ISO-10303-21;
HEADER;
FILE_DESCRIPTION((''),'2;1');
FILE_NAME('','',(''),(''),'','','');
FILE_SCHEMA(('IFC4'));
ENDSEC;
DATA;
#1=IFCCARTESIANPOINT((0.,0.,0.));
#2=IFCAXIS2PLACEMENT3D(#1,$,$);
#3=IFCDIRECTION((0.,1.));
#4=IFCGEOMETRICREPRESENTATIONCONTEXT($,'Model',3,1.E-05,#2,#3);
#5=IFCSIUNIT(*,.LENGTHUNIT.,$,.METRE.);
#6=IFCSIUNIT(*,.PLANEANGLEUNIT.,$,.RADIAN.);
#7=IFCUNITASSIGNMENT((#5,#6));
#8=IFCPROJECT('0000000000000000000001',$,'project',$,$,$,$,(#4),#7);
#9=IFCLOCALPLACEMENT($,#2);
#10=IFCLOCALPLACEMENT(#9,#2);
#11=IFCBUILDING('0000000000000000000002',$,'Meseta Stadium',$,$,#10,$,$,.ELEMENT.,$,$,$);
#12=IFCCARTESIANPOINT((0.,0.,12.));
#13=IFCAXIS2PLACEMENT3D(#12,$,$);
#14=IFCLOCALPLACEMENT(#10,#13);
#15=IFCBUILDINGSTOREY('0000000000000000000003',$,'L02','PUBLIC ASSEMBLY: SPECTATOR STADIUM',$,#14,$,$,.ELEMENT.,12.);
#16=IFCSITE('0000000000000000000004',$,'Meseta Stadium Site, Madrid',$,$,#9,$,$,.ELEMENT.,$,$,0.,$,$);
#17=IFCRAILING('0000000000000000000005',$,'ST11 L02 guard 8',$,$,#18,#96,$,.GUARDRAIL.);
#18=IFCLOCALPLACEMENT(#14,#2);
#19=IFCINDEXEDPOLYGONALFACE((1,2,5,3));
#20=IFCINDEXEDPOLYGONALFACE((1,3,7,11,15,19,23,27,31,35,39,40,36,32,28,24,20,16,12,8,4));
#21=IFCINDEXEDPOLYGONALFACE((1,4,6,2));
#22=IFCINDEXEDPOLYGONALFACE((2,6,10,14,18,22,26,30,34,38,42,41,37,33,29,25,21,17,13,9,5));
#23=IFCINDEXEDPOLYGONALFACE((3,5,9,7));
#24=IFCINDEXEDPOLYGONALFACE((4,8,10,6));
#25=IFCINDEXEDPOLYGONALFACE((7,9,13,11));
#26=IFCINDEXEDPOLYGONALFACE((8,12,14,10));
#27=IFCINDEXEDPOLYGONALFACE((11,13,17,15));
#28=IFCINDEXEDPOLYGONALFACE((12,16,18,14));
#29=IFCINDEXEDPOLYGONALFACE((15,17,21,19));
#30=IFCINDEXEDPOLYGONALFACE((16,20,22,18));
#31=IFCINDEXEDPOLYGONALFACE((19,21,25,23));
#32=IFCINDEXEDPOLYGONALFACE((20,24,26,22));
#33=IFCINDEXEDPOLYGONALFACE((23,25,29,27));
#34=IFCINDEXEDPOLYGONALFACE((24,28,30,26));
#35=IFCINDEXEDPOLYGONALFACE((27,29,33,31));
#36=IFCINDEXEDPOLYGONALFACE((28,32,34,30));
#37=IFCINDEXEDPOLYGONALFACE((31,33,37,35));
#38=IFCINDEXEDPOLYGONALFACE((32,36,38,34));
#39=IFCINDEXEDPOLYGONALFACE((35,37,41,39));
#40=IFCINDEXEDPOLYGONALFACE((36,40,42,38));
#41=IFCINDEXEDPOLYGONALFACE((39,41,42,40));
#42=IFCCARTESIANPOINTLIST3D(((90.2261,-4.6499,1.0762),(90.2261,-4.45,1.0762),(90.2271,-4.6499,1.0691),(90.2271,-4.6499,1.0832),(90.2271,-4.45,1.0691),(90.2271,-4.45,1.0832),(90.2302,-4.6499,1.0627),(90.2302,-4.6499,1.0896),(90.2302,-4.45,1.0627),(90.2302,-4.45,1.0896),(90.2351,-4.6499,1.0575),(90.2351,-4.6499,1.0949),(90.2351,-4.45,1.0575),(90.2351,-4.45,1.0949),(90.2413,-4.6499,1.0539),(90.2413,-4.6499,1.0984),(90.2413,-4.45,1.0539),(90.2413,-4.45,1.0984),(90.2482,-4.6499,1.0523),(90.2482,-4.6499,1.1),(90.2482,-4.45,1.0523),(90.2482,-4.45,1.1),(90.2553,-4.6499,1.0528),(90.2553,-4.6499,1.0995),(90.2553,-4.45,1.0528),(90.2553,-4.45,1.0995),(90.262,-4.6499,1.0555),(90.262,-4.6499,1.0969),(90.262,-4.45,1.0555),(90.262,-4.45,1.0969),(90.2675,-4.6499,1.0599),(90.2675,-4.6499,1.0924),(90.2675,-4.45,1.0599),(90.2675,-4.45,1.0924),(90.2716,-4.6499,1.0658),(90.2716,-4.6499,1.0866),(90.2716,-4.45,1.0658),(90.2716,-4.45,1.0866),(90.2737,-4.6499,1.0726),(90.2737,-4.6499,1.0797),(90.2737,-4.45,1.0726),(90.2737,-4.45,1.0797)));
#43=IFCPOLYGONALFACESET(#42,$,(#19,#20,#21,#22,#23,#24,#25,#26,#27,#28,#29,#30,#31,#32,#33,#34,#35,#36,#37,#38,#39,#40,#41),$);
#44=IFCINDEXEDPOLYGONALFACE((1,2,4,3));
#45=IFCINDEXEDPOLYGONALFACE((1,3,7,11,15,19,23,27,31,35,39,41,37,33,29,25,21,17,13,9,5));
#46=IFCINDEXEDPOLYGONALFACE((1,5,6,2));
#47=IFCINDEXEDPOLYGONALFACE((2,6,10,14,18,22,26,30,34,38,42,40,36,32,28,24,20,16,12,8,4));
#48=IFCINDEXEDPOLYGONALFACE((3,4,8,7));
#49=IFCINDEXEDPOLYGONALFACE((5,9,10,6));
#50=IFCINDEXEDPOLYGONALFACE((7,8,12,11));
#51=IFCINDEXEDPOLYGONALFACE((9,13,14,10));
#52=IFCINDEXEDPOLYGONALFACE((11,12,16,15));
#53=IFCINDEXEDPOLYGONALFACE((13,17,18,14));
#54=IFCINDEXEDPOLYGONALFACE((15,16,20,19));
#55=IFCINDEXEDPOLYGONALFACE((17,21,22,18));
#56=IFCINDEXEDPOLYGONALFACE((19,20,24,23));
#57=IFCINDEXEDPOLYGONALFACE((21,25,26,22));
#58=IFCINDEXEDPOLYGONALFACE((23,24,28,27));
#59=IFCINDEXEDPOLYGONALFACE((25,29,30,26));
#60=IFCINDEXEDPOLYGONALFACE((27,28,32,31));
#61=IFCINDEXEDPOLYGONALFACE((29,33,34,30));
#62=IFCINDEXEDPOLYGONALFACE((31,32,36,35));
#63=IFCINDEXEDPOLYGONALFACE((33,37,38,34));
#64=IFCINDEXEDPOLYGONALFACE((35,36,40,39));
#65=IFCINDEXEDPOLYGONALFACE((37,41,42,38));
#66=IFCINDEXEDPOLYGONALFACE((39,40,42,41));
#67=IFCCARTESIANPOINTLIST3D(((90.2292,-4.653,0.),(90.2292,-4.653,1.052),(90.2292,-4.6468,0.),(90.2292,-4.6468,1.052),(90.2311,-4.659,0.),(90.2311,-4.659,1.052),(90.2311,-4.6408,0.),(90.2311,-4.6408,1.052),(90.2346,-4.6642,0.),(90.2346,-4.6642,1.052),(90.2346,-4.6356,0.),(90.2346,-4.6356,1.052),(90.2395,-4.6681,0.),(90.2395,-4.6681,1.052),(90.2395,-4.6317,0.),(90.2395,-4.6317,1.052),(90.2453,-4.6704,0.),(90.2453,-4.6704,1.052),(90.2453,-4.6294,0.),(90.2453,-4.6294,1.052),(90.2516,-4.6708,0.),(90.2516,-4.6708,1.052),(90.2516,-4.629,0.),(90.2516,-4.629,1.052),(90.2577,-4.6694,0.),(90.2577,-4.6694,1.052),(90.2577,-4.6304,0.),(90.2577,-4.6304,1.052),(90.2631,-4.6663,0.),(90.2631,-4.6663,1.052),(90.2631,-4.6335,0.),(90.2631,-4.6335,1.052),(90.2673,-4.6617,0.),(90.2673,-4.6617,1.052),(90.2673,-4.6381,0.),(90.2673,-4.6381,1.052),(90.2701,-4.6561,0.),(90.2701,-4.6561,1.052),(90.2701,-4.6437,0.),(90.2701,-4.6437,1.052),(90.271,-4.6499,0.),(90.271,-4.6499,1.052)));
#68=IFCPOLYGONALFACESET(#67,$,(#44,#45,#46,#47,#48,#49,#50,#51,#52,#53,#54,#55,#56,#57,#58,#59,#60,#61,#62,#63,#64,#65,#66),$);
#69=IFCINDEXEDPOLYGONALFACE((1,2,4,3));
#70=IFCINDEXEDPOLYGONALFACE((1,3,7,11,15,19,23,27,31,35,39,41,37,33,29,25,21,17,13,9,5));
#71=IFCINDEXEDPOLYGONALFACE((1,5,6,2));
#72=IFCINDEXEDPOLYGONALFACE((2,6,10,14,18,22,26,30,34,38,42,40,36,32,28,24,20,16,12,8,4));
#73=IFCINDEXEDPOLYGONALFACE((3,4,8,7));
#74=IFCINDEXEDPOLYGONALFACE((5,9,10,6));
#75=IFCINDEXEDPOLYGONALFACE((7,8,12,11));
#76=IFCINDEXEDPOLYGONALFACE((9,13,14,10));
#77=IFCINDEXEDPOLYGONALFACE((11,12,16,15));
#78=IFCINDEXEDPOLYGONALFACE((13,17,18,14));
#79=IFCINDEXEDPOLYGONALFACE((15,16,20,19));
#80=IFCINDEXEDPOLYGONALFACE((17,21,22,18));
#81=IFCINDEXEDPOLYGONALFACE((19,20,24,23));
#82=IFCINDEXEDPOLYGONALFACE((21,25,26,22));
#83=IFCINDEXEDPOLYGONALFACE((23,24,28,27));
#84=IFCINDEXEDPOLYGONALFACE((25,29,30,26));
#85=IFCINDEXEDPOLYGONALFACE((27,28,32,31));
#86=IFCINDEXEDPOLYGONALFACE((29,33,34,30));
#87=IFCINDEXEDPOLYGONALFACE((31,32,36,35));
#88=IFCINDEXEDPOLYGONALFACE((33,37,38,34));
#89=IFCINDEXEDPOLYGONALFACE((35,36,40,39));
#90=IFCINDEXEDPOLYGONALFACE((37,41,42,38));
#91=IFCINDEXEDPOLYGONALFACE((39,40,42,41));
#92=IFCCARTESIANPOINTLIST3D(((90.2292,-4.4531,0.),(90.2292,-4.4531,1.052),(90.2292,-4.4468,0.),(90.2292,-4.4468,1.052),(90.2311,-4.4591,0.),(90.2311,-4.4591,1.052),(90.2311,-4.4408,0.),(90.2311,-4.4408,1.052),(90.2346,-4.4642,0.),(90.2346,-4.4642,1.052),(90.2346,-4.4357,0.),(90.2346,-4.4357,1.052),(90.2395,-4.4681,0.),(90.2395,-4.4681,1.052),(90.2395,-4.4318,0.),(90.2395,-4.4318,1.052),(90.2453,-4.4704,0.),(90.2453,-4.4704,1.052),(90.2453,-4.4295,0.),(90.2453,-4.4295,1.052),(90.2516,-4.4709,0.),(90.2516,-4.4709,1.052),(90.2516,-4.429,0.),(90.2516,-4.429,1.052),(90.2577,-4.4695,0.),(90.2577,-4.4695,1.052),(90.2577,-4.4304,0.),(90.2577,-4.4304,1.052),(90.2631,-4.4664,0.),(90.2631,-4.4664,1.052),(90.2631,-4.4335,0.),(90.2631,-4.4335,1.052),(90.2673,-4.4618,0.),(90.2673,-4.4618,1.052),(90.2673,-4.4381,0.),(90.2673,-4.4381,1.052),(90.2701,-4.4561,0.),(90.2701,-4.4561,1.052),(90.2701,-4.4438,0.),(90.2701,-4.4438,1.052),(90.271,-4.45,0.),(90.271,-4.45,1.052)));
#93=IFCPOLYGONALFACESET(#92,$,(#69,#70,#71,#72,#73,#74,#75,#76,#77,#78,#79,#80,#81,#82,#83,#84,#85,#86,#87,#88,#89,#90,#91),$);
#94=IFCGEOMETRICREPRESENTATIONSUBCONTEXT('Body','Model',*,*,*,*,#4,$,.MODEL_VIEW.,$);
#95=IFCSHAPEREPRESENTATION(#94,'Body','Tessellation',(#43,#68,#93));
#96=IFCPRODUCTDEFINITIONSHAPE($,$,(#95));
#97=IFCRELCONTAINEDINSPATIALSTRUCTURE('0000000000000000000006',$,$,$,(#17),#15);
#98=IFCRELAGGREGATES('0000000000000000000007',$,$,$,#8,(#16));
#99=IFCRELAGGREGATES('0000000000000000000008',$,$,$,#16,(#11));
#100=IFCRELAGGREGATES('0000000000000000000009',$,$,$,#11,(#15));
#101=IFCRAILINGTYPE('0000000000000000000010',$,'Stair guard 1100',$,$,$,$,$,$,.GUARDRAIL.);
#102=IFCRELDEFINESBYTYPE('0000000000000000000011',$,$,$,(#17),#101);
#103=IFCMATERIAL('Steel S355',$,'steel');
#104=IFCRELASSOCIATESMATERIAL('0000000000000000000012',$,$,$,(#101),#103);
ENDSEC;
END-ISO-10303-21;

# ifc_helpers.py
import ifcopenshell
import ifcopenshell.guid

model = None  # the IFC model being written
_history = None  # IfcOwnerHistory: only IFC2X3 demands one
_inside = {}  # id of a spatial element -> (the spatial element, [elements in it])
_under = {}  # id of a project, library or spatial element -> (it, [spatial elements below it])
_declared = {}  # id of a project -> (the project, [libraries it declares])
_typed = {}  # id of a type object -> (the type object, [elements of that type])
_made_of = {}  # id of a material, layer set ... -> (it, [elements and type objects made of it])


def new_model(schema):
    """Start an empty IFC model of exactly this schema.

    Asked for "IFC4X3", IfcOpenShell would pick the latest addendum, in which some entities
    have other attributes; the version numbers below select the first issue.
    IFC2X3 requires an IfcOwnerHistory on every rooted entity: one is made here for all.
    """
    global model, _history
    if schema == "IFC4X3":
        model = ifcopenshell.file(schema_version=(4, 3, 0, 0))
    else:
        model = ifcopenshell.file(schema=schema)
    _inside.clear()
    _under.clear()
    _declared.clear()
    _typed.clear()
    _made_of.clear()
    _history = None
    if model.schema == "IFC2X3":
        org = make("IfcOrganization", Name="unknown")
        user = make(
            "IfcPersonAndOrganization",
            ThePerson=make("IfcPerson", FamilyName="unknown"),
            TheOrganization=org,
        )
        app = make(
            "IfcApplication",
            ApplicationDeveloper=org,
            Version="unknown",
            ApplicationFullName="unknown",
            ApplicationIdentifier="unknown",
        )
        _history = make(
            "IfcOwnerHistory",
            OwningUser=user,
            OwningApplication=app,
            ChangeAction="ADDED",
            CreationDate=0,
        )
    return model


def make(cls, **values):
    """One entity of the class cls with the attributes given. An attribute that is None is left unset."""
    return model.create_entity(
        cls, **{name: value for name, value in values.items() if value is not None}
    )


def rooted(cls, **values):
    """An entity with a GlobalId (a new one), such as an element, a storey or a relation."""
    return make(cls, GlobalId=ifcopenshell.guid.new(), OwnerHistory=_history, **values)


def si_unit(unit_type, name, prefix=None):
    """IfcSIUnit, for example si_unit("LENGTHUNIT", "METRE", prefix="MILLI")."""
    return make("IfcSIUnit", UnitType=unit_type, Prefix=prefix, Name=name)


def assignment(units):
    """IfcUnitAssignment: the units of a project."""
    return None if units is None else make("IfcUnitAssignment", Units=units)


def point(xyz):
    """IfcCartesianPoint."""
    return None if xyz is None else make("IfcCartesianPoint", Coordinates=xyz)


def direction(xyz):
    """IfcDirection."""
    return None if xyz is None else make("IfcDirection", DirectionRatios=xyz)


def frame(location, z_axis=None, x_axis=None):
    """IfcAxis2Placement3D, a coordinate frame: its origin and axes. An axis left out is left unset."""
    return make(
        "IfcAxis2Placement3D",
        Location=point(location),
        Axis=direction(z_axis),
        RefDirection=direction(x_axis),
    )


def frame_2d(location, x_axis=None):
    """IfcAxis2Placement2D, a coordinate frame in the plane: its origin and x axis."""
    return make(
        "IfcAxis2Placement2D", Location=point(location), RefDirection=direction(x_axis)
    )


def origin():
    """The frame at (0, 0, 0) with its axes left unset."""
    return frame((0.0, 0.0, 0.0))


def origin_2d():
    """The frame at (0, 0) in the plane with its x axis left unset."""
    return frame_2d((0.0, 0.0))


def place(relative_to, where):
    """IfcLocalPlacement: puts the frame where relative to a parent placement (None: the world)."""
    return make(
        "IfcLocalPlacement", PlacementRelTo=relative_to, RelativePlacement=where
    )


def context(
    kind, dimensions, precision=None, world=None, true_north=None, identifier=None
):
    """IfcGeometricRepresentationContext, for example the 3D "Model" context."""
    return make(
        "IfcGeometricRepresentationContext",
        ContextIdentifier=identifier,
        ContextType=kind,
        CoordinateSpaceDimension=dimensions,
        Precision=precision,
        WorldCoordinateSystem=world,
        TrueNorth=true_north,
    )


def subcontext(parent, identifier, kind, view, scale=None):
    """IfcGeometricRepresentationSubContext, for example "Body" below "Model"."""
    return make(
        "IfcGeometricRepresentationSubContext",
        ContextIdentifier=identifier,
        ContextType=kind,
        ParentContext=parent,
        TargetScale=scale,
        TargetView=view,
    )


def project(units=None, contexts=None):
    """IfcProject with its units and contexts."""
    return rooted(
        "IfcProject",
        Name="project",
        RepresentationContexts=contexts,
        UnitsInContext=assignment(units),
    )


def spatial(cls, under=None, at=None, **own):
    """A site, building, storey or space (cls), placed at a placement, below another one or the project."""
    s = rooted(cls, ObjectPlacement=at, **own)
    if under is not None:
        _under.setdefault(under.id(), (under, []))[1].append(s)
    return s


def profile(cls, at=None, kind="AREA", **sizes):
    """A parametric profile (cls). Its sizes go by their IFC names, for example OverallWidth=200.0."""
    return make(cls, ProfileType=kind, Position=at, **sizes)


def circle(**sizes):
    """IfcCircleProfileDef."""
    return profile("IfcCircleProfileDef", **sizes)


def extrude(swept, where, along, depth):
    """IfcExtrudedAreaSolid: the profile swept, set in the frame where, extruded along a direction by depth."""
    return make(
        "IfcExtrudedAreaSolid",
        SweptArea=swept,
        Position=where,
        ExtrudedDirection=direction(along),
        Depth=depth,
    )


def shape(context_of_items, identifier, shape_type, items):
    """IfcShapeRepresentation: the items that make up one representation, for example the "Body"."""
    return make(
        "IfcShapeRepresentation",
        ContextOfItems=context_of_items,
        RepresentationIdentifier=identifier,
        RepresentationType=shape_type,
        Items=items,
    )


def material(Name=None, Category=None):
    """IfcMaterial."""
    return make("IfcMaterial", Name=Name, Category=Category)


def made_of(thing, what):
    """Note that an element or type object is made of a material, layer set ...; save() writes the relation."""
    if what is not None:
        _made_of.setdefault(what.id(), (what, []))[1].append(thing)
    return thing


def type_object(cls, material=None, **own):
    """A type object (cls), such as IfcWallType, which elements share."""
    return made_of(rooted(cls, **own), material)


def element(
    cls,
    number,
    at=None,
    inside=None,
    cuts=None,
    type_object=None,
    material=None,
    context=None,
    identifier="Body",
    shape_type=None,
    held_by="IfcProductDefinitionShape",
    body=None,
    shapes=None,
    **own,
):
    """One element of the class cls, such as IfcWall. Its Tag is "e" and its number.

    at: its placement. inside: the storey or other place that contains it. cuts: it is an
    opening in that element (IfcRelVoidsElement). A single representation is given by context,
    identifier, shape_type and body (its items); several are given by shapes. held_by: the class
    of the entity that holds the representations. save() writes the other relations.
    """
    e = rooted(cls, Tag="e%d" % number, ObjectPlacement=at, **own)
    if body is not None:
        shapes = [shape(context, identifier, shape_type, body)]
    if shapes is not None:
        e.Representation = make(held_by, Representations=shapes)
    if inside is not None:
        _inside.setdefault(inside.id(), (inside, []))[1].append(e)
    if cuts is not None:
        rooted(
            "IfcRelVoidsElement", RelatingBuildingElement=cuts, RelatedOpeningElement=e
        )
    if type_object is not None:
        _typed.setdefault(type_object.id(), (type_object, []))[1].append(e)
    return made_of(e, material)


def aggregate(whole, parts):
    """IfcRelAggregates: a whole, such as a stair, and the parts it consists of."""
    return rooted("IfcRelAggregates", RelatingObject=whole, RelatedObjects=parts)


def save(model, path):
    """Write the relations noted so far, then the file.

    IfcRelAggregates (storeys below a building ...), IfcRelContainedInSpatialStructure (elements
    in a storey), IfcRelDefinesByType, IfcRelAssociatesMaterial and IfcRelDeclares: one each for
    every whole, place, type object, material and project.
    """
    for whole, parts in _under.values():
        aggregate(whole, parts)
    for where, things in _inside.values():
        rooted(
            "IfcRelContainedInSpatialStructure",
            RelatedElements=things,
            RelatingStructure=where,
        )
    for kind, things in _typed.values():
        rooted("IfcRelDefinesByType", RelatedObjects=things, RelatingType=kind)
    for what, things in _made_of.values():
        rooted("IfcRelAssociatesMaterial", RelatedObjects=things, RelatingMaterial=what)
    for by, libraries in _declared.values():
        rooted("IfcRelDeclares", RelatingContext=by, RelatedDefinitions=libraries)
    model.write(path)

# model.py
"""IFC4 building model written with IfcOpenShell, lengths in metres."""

from ifc_helpers import new_model, si_unit, direction, frame, origin, origin_2d, place, context, subcontext, project, spatial, circle, extrude, material, type_object, element, save


model = new_model("IFC4")

# Units and contexts
model_context = context("Model", 3, precision=1e-05, world=origin(), true_north=direction((0.0, 1.0)))
body_context = subcontext(model_context, "Body", "Model", "MODEL_VIEW")
ifc_project = project(units=[si_unit("LENGTHUNIT", "METRE"), si_unit("PLANEANGLEUNIT", "RADIAN")], contexts=[model_context])

# Site, building, storey
site_placement = place(None, origin())
site = spatial("IfcSite", under=ifc_project, at=site_placement, Name="Meseta Stadium Site, Madrid", CompositionType="ELEMENT", RefElevation=0.0)
building_placement = place(site_placement, origin())
building = spatial("IfcBuilding", under=site, at=building_placement, Name="Meseta Stadium", CompositionType="ELEMENT")
storey_placement = place(building_placement, frame((0.0, 0.0, 12.0)))
storey = spatial("IfcBuildingStorey", under=building, at=storey_placement, Name="L02", Description="PUBLIC ASSEMBLY: SPECTATOR STADIUM", CompositionType="ELEMENT", Elevation=12.0)

# Railing
ifc_material_1 = material(Name="Steel S355", Category="steel")
railing_type_1 = type_object("IfcRailingType", Name="Stair guard 1100", PredefinedType="GUARDRAIL", material=ifc_material_1)
railing_1_placement = place(storey_placement, frame((90.25, -4.6499, 0.0)))
element("IfcRailing", 1, at=railing_1_placement, inside=storey, type_object=railing_type_1, Name="ST11 L02 guard 8", PredefinedType="GUARDRAIL", context=body_context, shape_type="SweptSolid", body=[
    extrude(circle(Radius=0.0239, at=origin_2d()), frame((0.0, 0.0, 1.0762), z_axis=(0.0, 1.0, 0.0), x_axis=(-1.0, 0.0, 0.0)), (0.0, 0.0, 1.0), 0.2),
    extrude(circle(Radius=0.021, at=origin_2d()), origin(), (0.0, 0.0, 1.0), 1.052),
    extrude(circle(Radius=0.021, at=origin_2d()), frame((0.0, 0.2, 0.0)), (0.0, 0.0, 1.0), 1.052),
])

save(model, "model.ifc")
